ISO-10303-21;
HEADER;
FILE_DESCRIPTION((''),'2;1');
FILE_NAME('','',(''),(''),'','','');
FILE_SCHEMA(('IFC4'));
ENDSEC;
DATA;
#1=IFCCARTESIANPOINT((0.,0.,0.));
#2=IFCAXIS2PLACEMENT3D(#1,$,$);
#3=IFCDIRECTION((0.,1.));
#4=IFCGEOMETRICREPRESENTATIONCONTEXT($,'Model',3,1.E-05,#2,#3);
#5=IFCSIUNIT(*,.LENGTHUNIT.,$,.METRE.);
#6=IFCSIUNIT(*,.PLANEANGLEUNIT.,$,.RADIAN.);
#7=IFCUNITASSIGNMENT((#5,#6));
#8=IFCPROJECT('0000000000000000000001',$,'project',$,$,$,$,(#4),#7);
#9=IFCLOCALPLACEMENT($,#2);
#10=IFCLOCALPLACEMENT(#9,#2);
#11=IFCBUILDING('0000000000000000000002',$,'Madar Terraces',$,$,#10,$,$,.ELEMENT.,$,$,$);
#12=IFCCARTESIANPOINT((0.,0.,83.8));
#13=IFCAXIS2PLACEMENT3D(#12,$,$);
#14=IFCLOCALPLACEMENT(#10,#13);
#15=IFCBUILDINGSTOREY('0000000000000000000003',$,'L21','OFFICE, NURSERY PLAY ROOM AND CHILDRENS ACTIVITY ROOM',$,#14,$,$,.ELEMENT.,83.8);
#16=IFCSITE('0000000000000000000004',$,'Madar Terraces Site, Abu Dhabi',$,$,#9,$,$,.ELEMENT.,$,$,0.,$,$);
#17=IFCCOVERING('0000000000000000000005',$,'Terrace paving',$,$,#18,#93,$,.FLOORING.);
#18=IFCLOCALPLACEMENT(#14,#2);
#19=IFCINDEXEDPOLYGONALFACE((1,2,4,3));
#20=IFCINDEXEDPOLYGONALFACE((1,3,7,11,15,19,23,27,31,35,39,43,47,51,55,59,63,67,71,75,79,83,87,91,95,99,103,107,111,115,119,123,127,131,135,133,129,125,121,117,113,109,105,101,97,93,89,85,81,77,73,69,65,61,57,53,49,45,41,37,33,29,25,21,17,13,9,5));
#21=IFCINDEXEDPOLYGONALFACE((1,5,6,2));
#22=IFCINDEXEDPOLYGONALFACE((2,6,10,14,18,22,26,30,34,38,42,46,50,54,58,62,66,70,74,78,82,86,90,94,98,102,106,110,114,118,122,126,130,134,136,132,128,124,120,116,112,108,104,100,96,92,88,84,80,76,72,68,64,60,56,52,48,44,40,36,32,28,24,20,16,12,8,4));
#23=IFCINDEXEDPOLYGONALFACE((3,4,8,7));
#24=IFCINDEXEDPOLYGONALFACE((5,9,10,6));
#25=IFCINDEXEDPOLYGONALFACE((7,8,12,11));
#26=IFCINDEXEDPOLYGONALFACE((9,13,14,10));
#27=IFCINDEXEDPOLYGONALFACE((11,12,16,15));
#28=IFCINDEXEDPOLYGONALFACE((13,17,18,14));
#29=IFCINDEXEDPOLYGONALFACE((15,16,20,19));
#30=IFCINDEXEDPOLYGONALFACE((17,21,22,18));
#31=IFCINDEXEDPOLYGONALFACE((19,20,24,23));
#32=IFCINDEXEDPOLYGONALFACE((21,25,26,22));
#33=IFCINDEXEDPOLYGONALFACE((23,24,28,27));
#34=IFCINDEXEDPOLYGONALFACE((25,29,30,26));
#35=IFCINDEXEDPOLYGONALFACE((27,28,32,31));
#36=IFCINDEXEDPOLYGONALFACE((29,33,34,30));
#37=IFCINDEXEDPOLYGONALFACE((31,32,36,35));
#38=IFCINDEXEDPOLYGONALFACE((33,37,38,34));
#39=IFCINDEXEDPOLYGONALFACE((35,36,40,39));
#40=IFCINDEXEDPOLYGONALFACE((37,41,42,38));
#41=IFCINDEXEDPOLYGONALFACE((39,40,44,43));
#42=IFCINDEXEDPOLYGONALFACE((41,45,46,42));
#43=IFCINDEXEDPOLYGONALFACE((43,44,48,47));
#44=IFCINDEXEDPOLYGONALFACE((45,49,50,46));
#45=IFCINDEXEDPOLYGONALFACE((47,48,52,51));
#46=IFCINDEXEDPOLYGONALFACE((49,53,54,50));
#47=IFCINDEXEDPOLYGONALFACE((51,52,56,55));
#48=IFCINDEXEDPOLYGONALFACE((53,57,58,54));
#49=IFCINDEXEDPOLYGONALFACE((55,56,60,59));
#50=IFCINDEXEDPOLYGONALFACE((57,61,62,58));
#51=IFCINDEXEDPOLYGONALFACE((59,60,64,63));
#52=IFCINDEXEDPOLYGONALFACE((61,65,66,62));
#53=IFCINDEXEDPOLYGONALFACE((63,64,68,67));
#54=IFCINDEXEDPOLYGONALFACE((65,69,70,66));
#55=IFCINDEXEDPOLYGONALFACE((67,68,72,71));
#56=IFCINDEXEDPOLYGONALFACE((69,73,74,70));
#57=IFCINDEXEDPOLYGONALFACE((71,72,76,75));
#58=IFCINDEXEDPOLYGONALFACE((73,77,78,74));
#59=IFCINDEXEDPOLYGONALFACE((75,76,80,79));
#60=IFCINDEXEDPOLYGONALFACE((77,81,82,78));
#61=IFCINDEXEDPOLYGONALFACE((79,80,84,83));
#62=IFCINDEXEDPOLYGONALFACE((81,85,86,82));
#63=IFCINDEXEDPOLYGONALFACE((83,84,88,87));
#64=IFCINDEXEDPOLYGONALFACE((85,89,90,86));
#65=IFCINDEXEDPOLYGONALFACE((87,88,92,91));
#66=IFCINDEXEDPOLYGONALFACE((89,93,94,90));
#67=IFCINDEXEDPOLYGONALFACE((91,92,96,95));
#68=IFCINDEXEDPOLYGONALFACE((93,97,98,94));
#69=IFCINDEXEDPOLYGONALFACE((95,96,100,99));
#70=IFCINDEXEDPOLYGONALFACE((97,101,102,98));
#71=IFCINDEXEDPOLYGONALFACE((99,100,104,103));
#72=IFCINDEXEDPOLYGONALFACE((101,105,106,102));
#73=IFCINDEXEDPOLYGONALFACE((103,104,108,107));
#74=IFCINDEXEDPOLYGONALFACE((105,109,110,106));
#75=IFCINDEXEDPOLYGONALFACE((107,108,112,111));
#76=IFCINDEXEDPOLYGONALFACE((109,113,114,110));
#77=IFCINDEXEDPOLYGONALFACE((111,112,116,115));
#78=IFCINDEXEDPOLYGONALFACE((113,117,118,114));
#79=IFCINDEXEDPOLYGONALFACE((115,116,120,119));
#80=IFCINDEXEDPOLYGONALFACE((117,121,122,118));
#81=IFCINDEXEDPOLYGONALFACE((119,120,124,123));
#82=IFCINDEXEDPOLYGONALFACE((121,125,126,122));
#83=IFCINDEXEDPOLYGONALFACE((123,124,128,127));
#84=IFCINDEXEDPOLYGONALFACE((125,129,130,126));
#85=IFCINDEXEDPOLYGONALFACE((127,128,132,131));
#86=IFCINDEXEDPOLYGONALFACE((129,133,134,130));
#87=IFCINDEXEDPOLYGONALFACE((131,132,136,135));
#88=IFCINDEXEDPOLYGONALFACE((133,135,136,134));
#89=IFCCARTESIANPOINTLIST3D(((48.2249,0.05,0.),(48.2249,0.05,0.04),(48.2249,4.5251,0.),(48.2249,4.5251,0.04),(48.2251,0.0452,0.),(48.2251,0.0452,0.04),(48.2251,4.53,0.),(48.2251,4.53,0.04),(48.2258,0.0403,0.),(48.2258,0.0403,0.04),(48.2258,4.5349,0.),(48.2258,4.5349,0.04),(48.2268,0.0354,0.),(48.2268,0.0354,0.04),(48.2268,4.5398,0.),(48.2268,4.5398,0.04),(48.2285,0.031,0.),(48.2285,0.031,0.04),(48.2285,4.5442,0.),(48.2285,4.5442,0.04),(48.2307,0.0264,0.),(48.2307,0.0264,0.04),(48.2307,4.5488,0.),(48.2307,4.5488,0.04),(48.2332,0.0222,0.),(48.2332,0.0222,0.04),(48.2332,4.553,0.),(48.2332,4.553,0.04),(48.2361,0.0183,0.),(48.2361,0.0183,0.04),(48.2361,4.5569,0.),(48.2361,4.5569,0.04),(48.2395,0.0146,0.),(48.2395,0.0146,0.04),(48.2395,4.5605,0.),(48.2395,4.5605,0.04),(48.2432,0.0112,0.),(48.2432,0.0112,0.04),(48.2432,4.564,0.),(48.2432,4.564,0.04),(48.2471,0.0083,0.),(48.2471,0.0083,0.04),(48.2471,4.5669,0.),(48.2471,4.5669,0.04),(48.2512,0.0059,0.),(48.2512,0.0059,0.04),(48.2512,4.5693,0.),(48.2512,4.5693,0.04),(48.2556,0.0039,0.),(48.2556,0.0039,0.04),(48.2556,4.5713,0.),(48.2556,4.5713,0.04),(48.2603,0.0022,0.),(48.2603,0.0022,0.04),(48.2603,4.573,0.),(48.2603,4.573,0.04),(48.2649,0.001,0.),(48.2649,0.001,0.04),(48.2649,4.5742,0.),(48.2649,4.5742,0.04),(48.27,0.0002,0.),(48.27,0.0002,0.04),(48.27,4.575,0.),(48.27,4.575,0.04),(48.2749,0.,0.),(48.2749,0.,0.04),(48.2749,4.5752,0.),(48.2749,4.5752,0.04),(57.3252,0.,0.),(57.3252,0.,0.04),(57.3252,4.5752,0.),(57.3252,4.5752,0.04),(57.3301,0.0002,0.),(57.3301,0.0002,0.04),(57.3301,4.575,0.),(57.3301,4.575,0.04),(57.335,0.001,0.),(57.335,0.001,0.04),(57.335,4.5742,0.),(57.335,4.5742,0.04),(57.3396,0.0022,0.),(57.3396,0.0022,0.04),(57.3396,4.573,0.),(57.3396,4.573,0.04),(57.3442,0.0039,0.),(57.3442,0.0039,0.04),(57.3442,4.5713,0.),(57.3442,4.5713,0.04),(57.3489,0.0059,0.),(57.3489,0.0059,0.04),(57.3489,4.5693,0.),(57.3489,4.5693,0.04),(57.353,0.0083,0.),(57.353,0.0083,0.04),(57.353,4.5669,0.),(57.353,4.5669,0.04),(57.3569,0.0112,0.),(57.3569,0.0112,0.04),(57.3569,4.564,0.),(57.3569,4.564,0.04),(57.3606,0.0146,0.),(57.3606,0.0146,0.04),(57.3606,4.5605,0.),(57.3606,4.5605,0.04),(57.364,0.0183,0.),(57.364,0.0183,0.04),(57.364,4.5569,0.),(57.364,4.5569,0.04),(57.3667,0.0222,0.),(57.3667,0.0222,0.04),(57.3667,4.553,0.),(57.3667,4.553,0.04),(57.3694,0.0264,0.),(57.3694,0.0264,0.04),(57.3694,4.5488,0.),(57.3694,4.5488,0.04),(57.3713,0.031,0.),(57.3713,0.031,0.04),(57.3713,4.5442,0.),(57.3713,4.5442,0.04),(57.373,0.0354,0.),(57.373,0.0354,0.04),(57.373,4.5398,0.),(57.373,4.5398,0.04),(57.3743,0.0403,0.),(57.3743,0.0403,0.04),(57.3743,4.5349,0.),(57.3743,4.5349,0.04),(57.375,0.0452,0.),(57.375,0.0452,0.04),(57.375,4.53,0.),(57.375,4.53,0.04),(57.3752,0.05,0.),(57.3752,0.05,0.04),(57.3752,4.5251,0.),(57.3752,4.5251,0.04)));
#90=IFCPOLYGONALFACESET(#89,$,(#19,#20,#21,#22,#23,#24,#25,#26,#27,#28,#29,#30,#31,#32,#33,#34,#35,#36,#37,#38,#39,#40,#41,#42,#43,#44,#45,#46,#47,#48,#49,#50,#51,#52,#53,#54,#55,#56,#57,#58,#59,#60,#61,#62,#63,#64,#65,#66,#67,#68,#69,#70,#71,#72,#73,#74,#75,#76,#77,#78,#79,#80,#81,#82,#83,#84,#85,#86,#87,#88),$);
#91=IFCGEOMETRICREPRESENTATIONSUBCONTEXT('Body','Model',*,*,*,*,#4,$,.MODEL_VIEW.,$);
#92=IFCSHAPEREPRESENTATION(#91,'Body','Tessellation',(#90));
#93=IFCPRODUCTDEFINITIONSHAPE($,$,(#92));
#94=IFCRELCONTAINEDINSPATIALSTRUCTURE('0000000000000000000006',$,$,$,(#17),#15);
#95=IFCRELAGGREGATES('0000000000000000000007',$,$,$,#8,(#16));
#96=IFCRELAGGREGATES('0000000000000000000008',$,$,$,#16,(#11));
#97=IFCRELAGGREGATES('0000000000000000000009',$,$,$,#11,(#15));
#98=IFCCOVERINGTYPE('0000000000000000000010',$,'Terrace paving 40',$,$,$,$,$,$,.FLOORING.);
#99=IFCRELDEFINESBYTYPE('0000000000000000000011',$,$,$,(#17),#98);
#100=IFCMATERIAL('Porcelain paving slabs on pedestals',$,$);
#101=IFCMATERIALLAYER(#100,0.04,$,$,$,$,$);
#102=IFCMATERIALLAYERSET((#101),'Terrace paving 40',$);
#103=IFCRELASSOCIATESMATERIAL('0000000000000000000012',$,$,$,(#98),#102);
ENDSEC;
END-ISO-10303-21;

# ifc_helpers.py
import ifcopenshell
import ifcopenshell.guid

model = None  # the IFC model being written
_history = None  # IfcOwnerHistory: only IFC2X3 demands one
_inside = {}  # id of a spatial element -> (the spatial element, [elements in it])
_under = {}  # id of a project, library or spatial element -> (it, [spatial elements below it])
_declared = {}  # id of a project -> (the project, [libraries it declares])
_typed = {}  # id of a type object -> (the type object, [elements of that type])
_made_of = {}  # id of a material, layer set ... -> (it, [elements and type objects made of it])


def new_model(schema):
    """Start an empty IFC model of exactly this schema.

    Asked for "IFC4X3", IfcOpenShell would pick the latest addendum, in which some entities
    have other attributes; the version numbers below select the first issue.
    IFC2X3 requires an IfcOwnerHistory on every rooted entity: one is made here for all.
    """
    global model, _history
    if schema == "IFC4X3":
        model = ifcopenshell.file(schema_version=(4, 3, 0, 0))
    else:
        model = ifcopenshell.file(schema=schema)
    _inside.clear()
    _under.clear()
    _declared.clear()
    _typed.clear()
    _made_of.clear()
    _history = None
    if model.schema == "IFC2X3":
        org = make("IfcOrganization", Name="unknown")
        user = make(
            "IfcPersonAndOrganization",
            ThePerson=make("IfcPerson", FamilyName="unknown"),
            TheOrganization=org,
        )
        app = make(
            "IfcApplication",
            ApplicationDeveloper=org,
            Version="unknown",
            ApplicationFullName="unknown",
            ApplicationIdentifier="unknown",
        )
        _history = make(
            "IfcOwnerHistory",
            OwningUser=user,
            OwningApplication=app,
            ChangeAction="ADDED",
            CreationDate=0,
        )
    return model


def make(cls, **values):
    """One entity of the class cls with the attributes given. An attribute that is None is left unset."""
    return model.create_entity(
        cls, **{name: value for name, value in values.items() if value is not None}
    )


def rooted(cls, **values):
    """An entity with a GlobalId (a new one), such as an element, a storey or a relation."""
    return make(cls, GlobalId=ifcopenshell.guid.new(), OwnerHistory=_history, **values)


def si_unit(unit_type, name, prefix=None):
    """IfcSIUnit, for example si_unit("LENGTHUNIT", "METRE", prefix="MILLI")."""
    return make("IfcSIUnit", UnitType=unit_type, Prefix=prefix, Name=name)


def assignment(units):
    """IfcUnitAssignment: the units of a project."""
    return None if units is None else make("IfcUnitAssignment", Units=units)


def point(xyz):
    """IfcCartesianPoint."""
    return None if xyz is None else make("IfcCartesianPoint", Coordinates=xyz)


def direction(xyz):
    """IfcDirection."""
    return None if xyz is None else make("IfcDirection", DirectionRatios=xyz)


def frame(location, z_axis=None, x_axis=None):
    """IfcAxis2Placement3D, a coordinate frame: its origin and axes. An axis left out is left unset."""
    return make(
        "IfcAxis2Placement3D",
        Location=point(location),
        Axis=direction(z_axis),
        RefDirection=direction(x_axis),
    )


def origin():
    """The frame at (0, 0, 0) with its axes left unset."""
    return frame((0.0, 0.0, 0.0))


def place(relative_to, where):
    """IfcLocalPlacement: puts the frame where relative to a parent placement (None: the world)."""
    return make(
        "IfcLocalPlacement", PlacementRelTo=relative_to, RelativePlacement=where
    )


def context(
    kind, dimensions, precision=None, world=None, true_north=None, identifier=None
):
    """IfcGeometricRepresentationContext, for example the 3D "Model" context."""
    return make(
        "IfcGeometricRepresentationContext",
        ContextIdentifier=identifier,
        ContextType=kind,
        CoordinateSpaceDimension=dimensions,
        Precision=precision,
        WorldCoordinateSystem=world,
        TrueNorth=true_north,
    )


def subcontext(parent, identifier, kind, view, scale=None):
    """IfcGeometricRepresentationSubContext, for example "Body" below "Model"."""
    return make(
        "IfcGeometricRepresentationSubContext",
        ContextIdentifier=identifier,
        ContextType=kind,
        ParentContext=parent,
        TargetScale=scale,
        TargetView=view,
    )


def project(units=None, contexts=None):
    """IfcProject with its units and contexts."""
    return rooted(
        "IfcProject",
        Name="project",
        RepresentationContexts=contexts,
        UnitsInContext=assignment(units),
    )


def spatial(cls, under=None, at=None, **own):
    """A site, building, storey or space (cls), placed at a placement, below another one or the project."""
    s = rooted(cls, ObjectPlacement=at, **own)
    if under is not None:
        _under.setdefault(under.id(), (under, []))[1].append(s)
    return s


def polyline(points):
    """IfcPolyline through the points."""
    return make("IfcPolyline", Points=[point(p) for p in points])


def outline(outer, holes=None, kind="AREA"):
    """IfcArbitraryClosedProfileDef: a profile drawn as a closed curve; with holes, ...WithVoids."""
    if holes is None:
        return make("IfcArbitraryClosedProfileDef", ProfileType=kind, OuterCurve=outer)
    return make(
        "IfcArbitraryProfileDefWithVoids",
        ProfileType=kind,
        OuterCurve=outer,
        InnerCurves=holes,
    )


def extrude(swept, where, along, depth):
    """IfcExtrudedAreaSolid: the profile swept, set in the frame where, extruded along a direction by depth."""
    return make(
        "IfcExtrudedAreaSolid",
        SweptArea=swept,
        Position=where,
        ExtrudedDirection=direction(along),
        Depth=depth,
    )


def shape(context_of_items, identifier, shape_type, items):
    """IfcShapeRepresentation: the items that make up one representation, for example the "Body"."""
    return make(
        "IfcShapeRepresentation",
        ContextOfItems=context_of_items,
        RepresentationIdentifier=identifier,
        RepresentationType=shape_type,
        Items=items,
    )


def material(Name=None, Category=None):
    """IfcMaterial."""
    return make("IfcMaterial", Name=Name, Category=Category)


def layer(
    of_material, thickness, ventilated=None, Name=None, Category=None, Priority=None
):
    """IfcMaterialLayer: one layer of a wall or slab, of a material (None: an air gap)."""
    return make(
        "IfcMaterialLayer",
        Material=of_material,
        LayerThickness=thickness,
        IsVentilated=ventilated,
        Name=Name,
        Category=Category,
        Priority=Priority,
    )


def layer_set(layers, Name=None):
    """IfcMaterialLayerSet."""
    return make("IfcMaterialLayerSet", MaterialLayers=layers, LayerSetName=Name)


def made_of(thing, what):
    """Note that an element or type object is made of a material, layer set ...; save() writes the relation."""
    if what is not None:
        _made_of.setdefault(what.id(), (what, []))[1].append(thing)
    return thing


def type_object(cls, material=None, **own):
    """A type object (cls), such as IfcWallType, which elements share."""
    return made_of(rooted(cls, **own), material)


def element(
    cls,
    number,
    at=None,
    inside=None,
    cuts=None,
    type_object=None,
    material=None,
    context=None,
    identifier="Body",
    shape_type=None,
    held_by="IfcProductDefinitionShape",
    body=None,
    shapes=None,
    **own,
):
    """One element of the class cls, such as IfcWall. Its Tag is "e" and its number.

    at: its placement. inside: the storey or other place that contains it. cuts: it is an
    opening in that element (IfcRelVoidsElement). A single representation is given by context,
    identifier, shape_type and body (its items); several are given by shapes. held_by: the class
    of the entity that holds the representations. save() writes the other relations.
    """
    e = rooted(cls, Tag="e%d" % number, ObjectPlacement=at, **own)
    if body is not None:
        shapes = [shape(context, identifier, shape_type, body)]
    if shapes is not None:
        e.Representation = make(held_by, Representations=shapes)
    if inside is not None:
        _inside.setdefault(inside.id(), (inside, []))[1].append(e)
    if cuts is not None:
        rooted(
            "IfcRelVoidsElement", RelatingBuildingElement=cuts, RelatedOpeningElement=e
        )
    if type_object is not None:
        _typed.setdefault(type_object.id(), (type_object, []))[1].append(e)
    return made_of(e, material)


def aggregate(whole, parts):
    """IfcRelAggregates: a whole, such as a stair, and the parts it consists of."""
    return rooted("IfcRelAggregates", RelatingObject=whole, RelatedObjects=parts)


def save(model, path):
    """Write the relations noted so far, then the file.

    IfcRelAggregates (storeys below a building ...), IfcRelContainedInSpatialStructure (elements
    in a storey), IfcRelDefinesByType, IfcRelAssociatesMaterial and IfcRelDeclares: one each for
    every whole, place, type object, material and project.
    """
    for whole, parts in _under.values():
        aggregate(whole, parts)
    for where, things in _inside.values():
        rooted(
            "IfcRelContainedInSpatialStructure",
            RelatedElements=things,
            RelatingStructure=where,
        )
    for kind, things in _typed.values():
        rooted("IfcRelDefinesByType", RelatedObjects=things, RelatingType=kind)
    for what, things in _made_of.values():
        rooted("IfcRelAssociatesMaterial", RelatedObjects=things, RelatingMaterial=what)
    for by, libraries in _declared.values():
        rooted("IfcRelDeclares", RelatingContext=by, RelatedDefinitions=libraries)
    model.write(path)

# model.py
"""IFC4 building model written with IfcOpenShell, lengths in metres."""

from ifc_helpers import new_model, si_unit, direction, frame, origin, place, context, subcontext, project, spatial, polyline, outline, extrude, material, layer, layer_set, type_object, element, save


model = new_model("IFC4")

# Units and contexts
model_context = context("Model", 3, precision=1e-05, world=origin(), true_north=direction((0.0, 1.0)))
body_context = subcontext(model_context, "Body", "Model", "MODEL_VIEW")
ifc_project = project(units=[si_unit("LENGTHUNIT", "METRE"), si_unit("PLANEANGLEUNIT", "RADIAN")], contexts=[model_context])

# Site, building, storey
site_placement = place(None, origin())
site = spatial("IfcSite", under=ifc_project, at=site_placement, Name="Madar Terraces Site, Abu Dhabi", CompositionType="ELEMENT", RefElevation=0.0)
building_placement = place(site_placement, origin())
building = spatial("IfcBuilding", under=site, at=building_placement, Name="Madar Terraces", CompositionType="ELEMENT")
storey_placement = place(building_placement, frame((0.0, 0.0, 83.8)))
storey = spatial("IfcBuildingStorey", under=building, at=storey_placement, Name="L21", Description="OFFICE, NURSERY PLAY ROOM AND CHILDRENS ACTIVITY ROOM", CompositionType="ELEMENT", Elevation=83.8)

# Covering
ifc_material_1 = material(Name="Porcelain paving slabs on pedestals")
ifc_layer_1 = layer(ifc_material_1, 0.04)
ifc_layer_set_1 = layer_set([ifc_layer_1], Name="Terrace paving 40")
covering_type = type_object("IfcCoveringType", Name="Terrace paving 40", PredefinedType="FLOORING", material=ifc_layer_set_1)
covering_1_placement = place(storey_placement, origin())
element("IfcCovering", 1, at=covering_1_placement, inside=storey, type_object=covering_type, Name="Terrace paving", PredefinedType="FLOORING", context=body_context, shape_type="SweptSolid", body=[
    extrude(outline(polyline([(48.2603, 0.0022), (48.2556, 0.0039), (48.2512, 0.0059), (48.2471, 0.0083), (48.2432, 0.0112), (48.2395, 0.0146), (48.2361, 0.0183), (48.2332, 0.0222), (48.2307, 0.0264), (48.2285, 0.031), (48.2268, 0.0354), (48.2258, 0.0403), (48.2251, 0.0452), (48.2249, 0.05), (48.2249, 4.5251), (48.2251, 4.53), (48.2258, 4.5349), (48.2268, 4.5398), (48.2285, 4.5442), (48.2307, 4.5488), (48.2332, 4.553), (48.2361, 4.5569), (48.2395, 4.5605), (48.2432, 4.564), (48.2471, 4.5669), (48.2512, 4.5693), (48.2556, 4.5713), (48.2603, 4.573), (48.2649, 4.5742), (48.27, 4.575), (48.2749, 4.5752), (57.3252, 4.5752), (57.3301, 4.575), (57.335, 4.5742), (57.3396, 4.573), (57.3442, 4.5713), (57.3489, 4.5693), (57.353, 4.5669), (57.3569, 4.564), (57.3606, 4.5605), (57.364, 4.5569), (57.3667, 4.553), (57.3694, 4.5488), (57.3713, 4.5442), (57.373, 4.5398), (57.3743, 4.5349), (57.375, 4.53), (57.3752, 4.5251), (57.3752, 0.05), (57.375, 0.0452), (57.3743, 0.0403), (57.373, 0.0354), (57.3713, 0.031), (57.3694, 0.0264), (57.3667, 0.0222), (57.364, 0.0183), (57.3606, 0.0146), (57.3569, 0.0112), (57.353, 0.0083), (57.3489, 0.0059), (57.3442, 0.0039), (57.3396, 0.0022), (57.335, 0.001), (57.3301, 0.0002), (57.3252, 0.0), (48.2749, 0.0), (48.27, 0.0002), (48.2649, 0.001), (48.2603, 0.0022)])), origin(), (0.0, 0.0, 1.0), 0.04),
])

save(model, "model.ifc")
